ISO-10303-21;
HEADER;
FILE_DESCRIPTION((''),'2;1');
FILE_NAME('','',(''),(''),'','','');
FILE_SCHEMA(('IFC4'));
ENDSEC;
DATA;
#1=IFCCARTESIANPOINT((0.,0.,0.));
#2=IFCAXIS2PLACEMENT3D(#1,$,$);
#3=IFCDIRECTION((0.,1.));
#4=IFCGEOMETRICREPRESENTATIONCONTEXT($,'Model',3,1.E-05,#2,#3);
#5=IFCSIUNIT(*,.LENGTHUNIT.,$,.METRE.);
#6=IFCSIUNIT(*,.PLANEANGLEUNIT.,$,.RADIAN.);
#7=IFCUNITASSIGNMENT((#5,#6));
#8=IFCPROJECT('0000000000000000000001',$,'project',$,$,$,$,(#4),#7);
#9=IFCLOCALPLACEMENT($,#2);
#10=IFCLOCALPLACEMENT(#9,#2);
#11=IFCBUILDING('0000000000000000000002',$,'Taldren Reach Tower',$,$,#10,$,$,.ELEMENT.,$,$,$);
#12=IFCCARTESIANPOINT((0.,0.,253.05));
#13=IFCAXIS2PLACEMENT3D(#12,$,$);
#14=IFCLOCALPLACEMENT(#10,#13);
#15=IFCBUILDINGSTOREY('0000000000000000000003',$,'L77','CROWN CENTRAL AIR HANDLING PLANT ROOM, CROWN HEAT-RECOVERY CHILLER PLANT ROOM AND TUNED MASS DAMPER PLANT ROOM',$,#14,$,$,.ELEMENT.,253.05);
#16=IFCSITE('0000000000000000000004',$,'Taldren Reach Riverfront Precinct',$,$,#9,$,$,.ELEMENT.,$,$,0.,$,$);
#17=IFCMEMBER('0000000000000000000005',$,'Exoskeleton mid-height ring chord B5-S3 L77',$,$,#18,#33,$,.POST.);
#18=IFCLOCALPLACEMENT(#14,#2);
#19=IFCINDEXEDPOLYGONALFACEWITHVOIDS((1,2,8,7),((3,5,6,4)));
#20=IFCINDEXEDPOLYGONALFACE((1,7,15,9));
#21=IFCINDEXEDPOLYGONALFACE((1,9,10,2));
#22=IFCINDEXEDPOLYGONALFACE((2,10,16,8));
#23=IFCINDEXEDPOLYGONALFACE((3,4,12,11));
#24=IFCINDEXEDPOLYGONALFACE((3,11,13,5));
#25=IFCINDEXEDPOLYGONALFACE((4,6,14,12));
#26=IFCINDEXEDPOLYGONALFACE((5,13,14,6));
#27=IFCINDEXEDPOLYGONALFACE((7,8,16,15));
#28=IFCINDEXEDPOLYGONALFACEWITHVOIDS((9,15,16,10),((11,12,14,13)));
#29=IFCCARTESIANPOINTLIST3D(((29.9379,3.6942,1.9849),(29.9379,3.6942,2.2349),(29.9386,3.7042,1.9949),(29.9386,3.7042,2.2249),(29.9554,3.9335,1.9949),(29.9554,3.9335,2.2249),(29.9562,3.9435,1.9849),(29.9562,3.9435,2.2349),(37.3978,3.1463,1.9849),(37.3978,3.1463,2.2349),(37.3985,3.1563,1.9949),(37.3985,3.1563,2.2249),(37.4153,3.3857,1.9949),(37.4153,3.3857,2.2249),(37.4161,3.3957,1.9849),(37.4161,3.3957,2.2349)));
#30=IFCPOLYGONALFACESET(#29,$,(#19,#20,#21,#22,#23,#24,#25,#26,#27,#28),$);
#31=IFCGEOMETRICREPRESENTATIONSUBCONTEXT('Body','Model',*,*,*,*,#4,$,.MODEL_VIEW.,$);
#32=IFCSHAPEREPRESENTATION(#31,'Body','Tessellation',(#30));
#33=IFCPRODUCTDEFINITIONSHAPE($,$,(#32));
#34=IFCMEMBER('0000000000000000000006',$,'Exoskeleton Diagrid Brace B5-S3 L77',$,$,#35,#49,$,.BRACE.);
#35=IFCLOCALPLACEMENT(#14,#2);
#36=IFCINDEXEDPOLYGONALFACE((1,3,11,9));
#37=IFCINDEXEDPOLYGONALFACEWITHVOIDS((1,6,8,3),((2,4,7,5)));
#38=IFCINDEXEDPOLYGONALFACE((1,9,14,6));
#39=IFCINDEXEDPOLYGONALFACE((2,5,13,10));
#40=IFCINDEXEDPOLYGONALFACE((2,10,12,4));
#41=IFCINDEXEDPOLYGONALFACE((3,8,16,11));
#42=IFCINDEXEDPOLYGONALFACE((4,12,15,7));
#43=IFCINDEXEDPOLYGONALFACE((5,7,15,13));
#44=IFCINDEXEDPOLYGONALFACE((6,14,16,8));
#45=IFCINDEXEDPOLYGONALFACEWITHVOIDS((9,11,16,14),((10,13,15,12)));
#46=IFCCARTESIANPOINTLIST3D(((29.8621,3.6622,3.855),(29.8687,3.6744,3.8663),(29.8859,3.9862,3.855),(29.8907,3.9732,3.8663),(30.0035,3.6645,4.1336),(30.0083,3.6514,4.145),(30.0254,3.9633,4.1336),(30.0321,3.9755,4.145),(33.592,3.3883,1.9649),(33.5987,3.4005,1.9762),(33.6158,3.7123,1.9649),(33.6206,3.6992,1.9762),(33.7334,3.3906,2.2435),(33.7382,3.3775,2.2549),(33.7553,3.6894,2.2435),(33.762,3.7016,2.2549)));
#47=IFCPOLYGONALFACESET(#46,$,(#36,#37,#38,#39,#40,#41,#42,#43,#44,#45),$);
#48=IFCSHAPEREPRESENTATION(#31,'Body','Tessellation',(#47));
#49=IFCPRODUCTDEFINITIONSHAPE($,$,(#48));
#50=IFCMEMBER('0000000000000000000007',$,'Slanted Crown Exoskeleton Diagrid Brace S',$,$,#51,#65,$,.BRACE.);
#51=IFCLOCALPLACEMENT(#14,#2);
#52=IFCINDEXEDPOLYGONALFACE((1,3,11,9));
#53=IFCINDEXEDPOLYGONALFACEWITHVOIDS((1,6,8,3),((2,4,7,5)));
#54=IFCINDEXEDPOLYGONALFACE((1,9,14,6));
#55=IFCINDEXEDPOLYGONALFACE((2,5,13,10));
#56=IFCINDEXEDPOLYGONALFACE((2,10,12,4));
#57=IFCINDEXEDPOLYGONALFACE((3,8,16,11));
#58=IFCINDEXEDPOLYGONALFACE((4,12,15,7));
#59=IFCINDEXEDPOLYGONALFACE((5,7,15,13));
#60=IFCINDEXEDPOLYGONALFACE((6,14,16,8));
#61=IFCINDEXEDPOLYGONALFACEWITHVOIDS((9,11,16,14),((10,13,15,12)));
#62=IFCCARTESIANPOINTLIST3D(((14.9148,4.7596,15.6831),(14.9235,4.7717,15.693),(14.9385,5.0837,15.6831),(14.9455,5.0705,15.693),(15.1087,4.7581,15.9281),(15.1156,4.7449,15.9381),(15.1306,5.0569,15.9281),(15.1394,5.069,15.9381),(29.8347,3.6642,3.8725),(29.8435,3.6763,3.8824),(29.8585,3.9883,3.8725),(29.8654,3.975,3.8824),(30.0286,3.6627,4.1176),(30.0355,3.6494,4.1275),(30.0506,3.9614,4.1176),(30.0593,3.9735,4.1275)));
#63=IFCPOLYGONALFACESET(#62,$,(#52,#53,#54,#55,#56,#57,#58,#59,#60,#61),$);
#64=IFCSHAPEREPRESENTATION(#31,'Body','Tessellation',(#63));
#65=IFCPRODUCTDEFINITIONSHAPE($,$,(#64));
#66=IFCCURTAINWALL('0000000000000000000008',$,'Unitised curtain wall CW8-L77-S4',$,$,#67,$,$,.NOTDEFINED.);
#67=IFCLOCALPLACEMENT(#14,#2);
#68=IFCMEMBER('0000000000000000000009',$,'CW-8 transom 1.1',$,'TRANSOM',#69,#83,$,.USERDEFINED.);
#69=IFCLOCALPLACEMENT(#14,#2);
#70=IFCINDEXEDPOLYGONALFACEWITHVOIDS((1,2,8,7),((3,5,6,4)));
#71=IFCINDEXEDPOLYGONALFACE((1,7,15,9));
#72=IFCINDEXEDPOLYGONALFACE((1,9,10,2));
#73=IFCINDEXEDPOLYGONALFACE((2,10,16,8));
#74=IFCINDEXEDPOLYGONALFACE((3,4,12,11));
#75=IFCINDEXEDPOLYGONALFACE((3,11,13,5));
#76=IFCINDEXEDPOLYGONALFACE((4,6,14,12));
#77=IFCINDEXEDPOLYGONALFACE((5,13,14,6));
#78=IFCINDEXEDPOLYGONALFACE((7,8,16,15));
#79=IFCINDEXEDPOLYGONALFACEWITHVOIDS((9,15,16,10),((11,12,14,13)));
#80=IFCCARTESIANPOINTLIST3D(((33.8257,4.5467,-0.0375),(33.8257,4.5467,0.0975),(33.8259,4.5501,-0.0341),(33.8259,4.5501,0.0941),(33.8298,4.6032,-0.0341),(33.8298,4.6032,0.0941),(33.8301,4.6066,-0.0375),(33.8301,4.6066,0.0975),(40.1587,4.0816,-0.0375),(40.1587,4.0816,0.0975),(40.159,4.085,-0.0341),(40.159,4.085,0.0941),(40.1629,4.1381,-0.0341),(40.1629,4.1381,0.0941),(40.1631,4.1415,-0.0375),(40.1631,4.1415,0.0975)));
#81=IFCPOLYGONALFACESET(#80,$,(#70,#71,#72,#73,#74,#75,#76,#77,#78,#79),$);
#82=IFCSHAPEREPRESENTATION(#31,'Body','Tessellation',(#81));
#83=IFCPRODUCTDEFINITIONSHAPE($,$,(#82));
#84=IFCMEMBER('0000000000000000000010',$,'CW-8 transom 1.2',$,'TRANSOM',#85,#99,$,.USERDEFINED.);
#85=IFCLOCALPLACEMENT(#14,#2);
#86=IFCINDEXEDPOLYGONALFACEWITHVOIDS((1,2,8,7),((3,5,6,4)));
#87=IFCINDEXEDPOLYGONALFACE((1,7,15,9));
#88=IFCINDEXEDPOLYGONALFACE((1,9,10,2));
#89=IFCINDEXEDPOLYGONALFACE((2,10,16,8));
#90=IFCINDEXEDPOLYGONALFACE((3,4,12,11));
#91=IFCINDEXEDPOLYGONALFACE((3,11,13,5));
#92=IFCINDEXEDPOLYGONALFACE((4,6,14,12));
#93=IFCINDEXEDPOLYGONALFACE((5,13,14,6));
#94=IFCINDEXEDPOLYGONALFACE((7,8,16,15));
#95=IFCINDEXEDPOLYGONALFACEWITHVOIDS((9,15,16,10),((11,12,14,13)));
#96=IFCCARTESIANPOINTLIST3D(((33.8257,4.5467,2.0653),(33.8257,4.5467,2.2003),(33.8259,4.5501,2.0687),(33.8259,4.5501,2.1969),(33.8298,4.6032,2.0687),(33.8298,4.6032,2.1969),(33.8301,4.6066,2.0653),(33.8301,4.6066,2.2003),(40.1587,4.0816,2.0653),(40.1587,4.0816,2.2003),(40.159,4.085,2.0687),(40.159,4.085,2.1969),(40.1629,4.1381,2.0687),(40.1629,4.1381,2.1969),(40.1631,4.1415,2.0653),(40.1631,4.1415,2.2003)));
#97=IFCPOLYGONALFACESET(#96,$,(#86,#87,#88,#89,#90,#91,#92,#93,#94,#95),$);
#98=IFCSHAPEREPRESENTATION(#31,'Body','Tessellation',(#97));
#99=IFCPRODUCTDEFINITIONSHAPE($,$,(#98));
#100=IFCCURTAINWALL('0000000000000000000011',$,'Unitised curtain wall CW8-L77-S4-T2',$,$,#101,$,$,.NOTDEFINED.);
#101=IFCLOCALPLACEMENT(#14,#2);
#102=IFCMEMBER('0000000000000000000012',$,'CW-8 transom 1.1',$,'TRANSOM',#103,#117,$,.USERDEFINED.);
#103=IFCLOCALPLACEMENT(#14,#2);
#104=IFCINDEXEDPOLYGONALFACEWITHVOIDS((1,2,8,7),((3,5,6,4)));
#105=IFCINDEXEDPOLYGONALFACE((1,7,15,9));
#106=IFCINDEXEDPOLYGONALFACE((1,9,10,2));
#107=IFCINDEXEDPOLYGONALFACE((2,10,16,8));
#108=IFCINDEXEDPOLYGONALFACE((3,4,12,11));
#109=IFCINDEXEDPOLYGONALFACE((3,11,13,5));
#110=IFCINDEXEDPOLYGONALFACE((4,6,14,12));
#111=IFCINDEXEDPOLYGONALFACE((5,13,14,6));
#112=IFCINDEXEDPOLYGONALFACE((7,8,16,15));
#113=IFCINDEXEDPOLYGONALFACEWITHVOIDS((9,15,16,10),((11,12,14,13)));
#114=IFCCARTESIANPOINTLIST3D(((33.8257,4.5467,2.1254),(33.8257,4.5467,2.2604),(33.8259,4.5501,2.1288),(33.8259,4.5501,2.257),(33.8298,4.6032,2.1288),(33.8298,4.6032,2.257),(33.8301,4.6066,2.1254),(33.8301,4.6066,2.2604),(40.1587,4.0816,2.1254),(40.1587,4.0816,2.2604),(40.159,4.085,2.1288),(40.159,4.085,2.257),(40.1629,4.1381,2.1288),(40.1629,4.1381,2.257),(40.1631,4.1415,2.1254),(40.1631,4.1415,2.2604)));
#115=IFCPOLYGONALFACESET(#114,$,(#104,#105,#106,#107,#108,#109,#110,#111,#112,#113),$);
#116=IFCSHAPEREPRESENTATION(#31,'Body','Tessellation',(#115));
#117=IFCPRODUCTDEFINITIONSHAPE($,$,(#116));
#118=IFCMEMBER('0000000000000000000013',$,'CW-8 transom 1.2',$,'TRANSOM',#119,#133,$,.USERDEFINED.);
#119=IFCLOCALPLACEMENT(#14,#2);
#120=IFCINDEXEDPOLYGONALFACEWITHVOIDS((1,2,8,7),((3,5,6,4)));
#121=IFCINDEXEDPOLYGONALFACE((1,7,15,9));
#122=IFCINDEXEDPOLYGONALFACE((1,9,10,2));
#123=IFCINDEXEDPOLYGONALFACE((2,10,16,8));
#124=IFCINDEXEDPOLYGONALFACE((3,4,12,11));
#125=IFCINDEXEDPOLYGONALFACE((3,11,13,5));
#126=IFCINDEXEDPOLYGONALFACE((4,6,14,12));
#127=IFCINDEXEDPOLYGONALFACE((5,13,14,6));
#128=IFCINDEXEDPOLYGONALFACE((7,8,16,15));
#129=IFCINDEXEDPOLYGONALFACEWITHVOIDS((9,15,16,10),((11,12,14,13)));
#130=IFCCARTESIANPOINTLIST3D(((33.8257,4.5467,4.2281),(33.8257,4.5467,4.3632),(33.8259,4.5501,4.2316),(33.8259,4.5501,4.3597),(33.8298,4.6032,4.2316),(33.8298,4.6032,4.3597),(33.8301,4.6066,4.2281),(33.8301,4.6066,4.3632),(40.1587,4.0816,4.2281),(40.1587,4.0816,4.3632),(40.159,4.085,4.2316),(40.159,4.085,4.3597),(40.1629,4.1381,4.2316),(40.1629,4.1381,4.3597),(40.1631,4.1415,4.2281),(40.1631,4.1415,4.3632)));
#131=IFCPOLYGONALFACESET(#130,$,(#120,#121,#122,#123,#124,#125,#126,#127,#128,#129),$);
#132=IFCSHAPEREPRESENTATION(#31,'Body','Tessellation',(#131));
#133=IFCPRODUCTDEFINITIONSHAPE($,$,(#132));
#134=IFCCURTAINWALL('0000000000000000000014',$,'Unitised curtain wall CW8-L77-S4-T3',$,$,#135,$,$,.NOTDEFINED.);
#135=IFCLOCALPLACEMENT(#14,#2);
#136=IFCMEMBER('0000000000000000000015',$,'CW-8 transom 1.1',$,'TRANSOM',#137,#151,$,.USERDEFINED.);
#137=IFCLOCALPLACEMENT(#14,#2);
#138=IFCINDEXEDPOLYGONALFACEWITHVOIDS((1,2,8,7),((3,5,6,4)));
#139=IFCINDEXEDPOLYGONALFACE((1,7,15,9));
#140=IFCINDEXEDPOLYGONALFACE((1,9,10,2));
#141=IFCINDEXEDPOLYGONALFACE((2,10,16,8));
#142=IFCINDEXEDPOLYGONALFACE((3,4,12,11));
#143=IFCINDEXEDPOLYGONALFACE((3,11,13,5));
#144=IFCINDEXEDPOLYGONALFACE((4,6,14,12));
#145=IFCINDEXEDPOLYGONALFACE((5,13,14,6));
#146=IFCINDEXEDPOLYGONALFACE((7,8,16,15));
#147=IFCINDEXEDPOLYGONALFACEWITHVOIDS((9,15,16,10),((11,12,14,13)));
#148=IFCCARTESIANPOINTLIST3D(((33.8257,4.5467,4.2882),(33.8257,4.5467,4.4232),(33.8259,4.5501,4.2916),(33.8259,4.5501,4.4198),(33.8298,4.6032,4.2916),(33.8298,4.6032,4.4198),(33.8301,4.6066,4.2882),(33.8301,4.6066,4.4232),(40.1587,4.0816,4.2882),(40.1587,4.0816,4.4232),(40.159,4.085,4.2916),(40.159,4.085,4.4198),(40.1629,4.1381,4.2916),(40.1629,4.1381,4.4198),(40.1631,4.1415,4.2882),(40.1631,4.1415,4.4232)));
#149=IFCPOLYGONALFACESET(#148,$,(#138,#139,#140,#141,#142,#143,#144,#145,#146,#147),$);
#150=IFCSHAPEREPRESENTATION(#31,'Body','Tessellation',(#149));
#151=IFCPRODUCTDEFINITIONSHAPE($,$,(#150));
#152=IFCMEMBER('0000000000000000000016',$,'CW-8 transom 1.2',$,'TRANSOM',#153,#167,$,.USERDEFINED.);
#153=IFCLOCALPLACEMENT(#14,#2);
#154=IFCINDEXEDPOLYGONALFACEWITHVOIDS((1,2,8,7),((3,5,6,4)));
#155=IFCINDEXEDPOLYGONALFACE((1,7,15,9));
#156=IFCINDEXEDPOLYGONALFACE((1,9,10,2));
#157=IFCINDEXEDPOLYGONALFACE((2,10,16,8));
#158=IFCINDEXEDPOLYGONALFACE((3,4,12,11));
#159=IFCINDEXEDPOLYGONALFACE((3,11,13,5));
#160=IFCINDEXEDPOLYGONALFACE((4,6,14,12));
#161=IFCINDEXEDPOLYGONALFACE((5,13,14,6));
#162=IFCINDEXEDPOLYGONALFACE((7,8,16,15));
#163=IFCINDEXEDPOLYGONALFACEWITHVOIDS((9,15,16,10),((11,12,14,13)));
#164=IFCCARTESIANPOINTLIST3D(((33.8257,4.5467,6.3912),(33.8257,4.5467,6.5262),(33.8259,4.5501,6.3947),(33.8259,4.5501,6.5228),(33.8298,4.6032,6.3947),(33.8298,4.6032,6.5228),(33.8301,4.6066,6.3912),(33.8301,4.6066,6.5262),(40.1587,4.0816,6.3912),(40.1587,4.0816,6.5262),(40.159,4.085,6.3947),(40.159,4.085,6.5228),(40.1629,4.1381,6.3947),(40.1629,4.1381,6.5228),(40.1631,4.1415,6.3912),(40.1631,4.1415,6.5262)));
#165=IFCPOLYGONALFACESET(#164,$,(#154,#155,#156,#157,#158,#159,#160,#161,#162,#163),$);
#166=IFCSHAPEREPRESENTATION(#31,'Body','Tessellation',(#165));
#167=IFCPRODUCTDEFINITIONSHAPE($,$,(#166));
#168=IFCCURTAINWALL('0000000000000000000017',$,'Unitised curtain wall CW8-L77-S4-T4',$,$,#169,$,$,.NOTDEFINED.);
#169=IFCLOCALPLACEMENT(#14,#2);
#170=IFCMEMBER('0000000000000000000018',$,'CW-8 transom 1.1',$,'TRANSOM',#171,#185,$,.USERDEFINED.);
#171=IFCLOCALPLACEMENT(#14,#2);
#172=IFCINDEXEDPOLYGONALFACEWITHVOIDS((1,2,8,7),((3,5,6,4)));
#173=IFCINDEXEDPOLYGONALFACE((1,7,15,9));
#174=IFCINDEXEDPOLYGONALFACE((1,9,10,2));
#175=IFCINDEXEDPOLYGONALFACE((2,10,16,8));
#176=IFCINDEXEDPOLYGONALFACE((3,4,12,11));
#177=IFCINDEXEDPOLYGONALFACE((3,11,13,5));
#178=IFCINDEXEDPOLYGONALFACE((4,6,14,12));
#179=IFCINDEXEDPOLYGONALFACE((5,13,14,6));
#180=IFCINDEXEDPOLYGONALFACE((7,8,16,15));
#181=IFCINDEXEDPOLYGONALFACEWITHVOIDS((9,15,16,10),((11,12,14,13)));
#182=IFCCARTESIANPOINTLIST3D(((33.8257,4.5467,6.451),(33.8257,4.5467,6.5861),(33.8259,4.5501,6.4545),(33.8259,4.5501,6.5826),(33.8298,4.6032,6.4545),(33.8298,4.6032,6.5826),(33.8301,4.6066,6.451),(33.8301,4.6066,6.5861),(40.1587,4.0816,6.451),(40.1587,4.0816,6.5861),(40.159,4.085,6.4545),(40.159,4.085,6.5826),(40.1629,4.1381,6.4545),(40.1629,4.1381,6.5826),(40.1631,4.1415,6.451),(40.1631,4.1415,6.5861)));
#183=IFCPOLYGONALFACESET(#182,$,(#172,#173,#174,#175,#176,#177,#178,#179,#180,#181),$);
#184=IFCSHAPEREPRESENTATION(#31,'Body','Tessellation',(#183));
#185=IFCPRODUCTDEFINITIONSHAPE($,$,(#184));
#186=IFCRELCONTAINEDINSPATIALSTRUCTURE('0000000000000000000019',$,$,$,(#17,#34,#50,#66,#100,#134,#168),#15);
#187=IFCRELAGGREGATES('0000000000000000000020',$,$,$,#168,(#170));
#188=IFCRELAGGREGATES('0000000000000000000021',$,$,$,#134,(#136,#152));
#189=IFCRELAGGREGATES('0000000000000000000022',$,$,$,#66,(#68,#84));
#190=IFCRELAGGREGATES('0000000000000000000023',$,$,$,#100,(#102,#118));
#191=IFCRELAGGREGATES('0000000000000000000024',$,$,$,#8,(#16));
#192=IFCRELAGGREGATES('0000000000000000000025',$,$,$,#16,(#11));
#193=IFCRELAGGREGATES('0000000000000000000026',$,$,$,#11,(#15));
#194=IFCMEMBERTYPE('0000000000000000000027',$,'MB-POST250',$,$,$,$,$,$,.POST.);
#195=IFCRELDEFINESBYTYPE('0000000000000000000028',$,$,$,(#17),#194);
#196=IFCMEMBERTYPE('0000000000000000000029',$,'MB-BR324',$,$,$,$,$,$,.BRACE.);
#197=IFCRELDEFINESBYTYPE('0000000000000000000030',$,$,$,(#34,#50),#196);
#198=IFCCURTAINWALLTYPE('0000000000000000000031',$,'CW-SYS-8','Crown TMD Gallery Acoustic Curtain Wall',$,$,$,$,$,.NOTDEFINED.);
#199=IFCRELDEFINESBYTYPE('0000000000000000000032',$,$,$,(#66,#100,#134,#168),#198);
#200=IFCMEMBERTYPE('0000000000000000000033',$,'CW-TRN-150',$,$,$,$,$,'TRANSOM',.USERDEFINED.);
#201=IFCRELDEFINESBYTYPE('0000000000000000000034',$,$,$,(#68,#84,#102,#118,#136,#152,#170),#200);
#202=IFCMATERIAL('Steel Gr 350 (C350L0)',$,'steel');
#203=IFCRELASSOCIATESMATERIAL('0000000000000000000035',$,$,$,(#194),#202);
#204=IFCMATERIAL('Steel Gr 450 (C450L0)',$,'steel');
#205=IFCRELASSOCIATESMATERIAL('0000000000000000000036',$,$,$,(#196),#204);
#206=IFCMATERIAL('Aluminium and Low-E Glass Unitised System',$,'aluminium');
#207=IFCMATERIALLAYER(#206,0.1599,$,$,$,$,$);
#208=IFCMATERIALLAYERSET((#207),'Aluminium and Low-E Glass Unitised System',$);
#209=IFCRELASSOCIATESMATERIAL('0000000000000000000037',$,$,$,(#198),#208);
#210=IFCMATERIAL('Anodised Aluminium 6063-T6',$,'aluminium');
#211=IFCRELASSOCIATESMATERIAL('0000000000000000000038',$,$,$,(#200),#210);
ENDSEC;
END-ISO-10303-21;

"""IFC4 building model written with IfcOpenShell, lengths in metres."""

from ifc_helpers import new_model, si_unit, direction, frame, origin, origin_2d, place, context, subcontext, project, spatial, hollow_rectangle, extrude, source, transform, mapped, material, layer, layer_set, material_profile, profile_set, type_object, element, aggregate, save


model = new_model("IFC4")

# Units and contexts
model_context = context("Model", 3, precision=1e-05, world=origin(), true_north=direction((0.0, 1.0)))
body_context = subcontext(model_context, "Body", "Model", "MODEL_VIEW")
ifc_project = project(units=[si_unit("LENGTHUNIT", "METRE"), si_unit("PLANEANGLEUNIT", "RADIAN")], contexts=[model_context])

# Site, building, storey
site_placement = place(None, origin())
site = spatial("IfcSite", under=ifc_project, at=site_placement, Name="Taldren Reach Riverfront Precinct", CompositionType="ELEMENT", RefElevation=0.0)
building_placement = place(site_placement, origin())
building = spatial("IfcBuilding", under=site, at=building_placement, Name="Taldren Reach Tower", CompositionType="ELEMENT")
storey_placement = place(building_placement, frame((0.0, 0.0, 253.05)))
storey = spatial("IfcBuildingStorey", under=building, at=storey_placement, Name="L77", Description="CROWN CENTRAL AIR HANDLING PLANT ROOM, CROWN HEAT-RECOVERY CHILLER PLANT ROOM AND TUNED MASS DAMPER PLANT ROOM", CompositionType="ELEMENT", Elevation=253.05)

# Members
ifc_material_1 = material(Name="Steel Gr 350 (C350L0)", Category="steel")
ifc_material_profile_1 = material_profile(ifc_material_1, hollow_rectangle(XDim=0.25, YDim=0.25, WallThickness=0.01, at=origin_2d()), Name="250x250x10.0SHS")
ifc_profile_set_1 = profile_set([ifc_material_profile_1], Name="Steel Gr 350 (C350L0)")
member_type_1 = type_object("IfcMemberType", Name="MB-POST250", PredefinedType="POST", material=ifc_profile_set_1)
shared_shape_1 = source(origin(), body_context, "Body", "SweptSolid", [
    extrude(hollow_rectangle(XDim=0.25, YDim=0.25, WallThickness=0.01, at=origin_2d()), origin(), (0.0, 0.0, 1.0), 7.48),
])
member_1_placement = place(storey_placement, frame((29.947, 3.8188, 2.1099), z_axis=(0.997314, -0.073242, 0.0), x_axis=(0.073242, 0.997314, 0.0)))
element("IfcMember", 1, at=member_1_placement, inside=storey, type_object=member_type_1, Name="Exoskeleton mid-height ring chord B5-S3 L77", PredefinedType="POST", context=body_context, shape_type="MappedRepresentation", body=[
    mapped(shared_shape_1, transform((0.0, 0.0, 0.0), scale=1.0)),
])
ifc_material_2 = material(Name="Steel Gr 450 (C450L0)", Category="steel")
ifc_material_profile_2 = material_profile(ifc_material_2, hollow_rectangle(XDim=0.325, YDim=0.325, WallThickness=0.0127, at=origin_2d()), Name="325x325x12.7SHS")
ifc_profile_set_2 = profile_set([ifc_material_profile_2], Name="Steel Gr 450 (C450L0)")
member_type_2 = type_object("IfcMemberType", Name="MB-BR324", PredefinedType="BRACE", material=ifc_profile_set_2)
shared_shape_2 = source(origin(), body_context, "Body", "SweptSolid", [
    extrude(hollow_rectangle(XDim=0.325, YDim=0.325, WallThickness=0.0127, at=origin_2d()), origin(), (0.0, 0.0, 1.0), 4.1904),
])
member_2_placement = place(storey_placement, frame((33.677, 3.5449, 2.1099), z_axis=(-0.890101, 0.065368, 0.451051), x_axis=(-0.073242, -0.997314, 0.0)))
element("IfcMember", 2, at=member_2_placement, inside=storey, type_object=member_type_2, Name="Exoskeleton Diagrid Brace B5-S3 L77", PredefinedType="BRACE", context=body_context, shape_type="MappedRepresentation", body=[
    mapped(shared_shape_2, transform((0.0, 0.0, 0.0), scale=1.0)),
])
shared_shape_3 = source(origin(), body_context, "Body", "SweptSolid", [
    extrude(hollow_rectangle(XDim=0.325, YDim=0.325, WallThickness=0.0127, at=origin_2d()), origin(), (0.0, 0.0, 1.0), 19.0603),
])
member_3_placement = place(storey_placement, frame((29.947, 3.8188, 4.0), z_axis=(-0.782777, 0.057473, 0.619643), x_axis=(-0.073225, -0.997315, 0.0)))
element("IfcMember", 3, at=member_3_placement, inside=storey, type_object=member_type_2, Name="Slanted Crown Exoskeleton Diagrid Brace S", PredefinedType="BRACE", context=body_context, shape_type="MappedRepresentation", body=[
    mapped(shared_shape_3, transform((0.0, 0.0, 0.0), scale=1.0)),
])

# Curtain walls, members
ifc_material_3 = material(Name="Aluminium and Low-E Glass Unitised System", Category="aluminium")
ifc_layer_1 = layer(ifc_material_3, 0.1599)
ifc_layer_set_1 = layer_set([ifc_layer_1], Name="Aluminium and Low-E Glass Unitised System")
curtain_wall_type = type_object("IfcCurtainWallType", Name="CW-SYS-8", Description="Crown TMD Gallery Acoustic Curtain Wall", PredefinedType="NOTDEFINED", material=ifc_layer_set_1)
curtain_wall_1_placement = place(storey_placement, origin())
curtain_wall_1 = element("IfcCurtainWall", 4, at=curtain_wall_1_placement, inside=storey, type_object=curtain_wall_type, Name="Unitised curtain wall CW8-L77-S4", PredefinedType="NOTDEFINED")
ifc_material_4 = material(Name="Anodised Aluminium 6063-T6", Category="aluminium")
ifc_material_profile_3 = material_profile(ifc_material_4, hollow_rectangle(XDim=0.0601, YDim=0.135, WallThickness=0.0034, at=origin_2d()), Name="ALU-135x60x3.5RHS")
ifc_profile_set_3 = profile_set([ifc_material_profile_3], Name="Anodised Aluminium 6063-T6")
member_type_3 = type_object("IfcMemberType", Name="CW-TRN-150", ElementType="TRANSOM", PredefinedType="USERDEFINED", material=ifc_profile_set_3)
shared_shape_4 = source(origin(), body_context, "Body", "SweptSolid", [
    extrude(hollow_rectangle(XDim=0.0601, YDim=0.135, WallThickness=0.0034, at=origin_2d()), origin(), (0.0, 0.0, 1.0), 6.3501),
])
member_4_placement = place(storey_placement, frame((33.8279, 4.5767, 0.03), z_axis=(0.997314, -0.073241, 0.0), x_axis=(0.073241, 0.997314, 0.0)))
member_4 = element("IfcMember", 5, at=member_4_placement, type_object=member_type_3, Name="CW-8 transom 1.1", ObjectType="TRANSOM", PredefinedType="USERDEFINED", context=body_context, shape_type="MappedRepresentation", body=[
    mapped(shared_shape_4, transform((0.0, 0.0, 0.0), scale=1.0)),
])
member_5_placement = place(storey_placement, frame((33.8279, 4.5767, 2.1328), z_axis=(0.997314, -0.073241, 0.0), x_axis=(0.073241, 0.997314, 0.0)))
member_5 = element("IfcMember", 6, at=member_5_placement, type_object=member_type_3, Name="CW-8 transom 1.2", ObjectType="TRANSOM", PredefinedType="USERDEFINED", context=body_context, shape_type="MappedRepresentation", body=[
    mapped(shared_shape_4, transform((0.0, 0.0, 0.0), scale=1.0)),
])
curtain_wall_2_placement = place(storey_placement, origin())
curtain_wall_2 = element("IfcCurtainWall", 7, at=curtain_wall_2_placement, inside=storey, type_object=curtain_wall_type, Name="Unitised curtain wall CW8-L77-S4-T2", PredefinedType="NOTDEFINED")
member_6_placement = place(storey_placement, frame((33.8279, 4.5767, 2.1929), z_axis=(0.997314, -0.073241, 0.0), x_axis=(0.073241, 0.997314, 0.0)))
member_6 = element("IfcMember", 8, at=member_6_placement, type_object=member_type_3, Name="CW-8 transom 1.1", ObjectType="TRANSOM", PredefinedType="USERDEFINED", context=body_context, shape_type="MappedRepresentation", body=[
    mapped(shared_shape_4, transform((0.0, 0.0, 0.0), scale=1.0)),
])
member_7_placement = place(storey_placement, frame((33.8279, 4.5767, 4.2957), z_axis=(0.997314, -0.073241, 0.0), x_axis=(0.073241, 0.997314, 0.0)))
member_7 = element("IfcMember", 9, at=member_7_placement, type_object=member_type_3, Name="CW-8 transom 1.2", ObjectType="TRANSOM", PredefinedType="USERDEFINED", context=body_context, shape_type="MappedRepresentation", body=[
    mapped(shared_shape_4, transform((0.0, 0.0, 0.0), scale=1.0)),
])
curtain_wall_3_placement = place(storey_placement, origin())
curtain_wall_3 = element("IfcCurtainWall", 10, at=curtain_wall_3_placement, inside=storey, type_object=curtain_wall_type, Name="Unitised curtain wall CW8-L77-S4-T3", PredefinedType="NOTDEFINED")
member_8_placement = place(storey_placement, frame((33.8279, 4.5767, 4.3557), z_axis=(0.997314, -0.073241, 0.0), x_axis=(0.073241, 0.997314, 0.0)))
member_8 = element("IfcMember", 11, at=member_8_placement, type_object=member_type_3, Name="CW-8 transom 1.1", ObjectType="TRANSOM", PredefinedType="USERDEFINED", context=body_context, shape_type="MappedRepresentation", body=[
    mapped(shared_shape_4, transform((0.0, 0.0, 0.0), scale=1.0)),
])
member_9_placement = place(storey_placement, frame((33.8279, 4.5767, 6.4587), z_axis=(0.997314, -0.073241, 0.0), x_axis=(0.073241, 0.997314, 0.0)))
member_9 = element("IfcMember", 12, at=member_9_placement, type_object=member_type_3, Name="CW-8 transom 1.2", ObjectType="TRANSOM", PredefinedType="USERDEFINED", context=body_context, shape_type="MappedRepresentation", body=[
    mapped(shared_shape_4, transform((0.0, 0.0, 0.0), scale=1.0)),
])
curtain_wall_4_placement = place(storey_placement, origin())
curtain_wall_4 = element("IfcCurtainWall", 13, at=curtain_wall_4_placement, inside=storey, type_object=curtain_wall_type, Name="Unitised curtain wall CW8-L77-S4-T4", PredefinedType="NOTDEFINED")
member_10_placement = place(storey_placement, frame((33.8279, 4.5767, 6.5186), z_axis=(0.997314, -0.073241, 0.0), x_axis=(0.073241, 0.997314, 0.0)))
member_10 = element("IfcMember", 14, at=member_10_placement, type_object=member_type_3, Name="CW-8 transom 1.1", ObjectType="TRANSOM", PredefinedType="USERDEFINED", context=body_context, shape_type="MappedRepresentation", body=[
    mapped(shared_shape_4, transform((0.0, 0.0, 0.0), scale=1.0)),
])

aggregate(curtain_wall_4, [member_10])
aggregate(curtain_wall_3, [member_8, member_9])

aggregate(curtain_wall_1, [member_4, member_5])
aggregate(curtain_wall_2, [member_6, member_7])

save(model, "model.ifc")
